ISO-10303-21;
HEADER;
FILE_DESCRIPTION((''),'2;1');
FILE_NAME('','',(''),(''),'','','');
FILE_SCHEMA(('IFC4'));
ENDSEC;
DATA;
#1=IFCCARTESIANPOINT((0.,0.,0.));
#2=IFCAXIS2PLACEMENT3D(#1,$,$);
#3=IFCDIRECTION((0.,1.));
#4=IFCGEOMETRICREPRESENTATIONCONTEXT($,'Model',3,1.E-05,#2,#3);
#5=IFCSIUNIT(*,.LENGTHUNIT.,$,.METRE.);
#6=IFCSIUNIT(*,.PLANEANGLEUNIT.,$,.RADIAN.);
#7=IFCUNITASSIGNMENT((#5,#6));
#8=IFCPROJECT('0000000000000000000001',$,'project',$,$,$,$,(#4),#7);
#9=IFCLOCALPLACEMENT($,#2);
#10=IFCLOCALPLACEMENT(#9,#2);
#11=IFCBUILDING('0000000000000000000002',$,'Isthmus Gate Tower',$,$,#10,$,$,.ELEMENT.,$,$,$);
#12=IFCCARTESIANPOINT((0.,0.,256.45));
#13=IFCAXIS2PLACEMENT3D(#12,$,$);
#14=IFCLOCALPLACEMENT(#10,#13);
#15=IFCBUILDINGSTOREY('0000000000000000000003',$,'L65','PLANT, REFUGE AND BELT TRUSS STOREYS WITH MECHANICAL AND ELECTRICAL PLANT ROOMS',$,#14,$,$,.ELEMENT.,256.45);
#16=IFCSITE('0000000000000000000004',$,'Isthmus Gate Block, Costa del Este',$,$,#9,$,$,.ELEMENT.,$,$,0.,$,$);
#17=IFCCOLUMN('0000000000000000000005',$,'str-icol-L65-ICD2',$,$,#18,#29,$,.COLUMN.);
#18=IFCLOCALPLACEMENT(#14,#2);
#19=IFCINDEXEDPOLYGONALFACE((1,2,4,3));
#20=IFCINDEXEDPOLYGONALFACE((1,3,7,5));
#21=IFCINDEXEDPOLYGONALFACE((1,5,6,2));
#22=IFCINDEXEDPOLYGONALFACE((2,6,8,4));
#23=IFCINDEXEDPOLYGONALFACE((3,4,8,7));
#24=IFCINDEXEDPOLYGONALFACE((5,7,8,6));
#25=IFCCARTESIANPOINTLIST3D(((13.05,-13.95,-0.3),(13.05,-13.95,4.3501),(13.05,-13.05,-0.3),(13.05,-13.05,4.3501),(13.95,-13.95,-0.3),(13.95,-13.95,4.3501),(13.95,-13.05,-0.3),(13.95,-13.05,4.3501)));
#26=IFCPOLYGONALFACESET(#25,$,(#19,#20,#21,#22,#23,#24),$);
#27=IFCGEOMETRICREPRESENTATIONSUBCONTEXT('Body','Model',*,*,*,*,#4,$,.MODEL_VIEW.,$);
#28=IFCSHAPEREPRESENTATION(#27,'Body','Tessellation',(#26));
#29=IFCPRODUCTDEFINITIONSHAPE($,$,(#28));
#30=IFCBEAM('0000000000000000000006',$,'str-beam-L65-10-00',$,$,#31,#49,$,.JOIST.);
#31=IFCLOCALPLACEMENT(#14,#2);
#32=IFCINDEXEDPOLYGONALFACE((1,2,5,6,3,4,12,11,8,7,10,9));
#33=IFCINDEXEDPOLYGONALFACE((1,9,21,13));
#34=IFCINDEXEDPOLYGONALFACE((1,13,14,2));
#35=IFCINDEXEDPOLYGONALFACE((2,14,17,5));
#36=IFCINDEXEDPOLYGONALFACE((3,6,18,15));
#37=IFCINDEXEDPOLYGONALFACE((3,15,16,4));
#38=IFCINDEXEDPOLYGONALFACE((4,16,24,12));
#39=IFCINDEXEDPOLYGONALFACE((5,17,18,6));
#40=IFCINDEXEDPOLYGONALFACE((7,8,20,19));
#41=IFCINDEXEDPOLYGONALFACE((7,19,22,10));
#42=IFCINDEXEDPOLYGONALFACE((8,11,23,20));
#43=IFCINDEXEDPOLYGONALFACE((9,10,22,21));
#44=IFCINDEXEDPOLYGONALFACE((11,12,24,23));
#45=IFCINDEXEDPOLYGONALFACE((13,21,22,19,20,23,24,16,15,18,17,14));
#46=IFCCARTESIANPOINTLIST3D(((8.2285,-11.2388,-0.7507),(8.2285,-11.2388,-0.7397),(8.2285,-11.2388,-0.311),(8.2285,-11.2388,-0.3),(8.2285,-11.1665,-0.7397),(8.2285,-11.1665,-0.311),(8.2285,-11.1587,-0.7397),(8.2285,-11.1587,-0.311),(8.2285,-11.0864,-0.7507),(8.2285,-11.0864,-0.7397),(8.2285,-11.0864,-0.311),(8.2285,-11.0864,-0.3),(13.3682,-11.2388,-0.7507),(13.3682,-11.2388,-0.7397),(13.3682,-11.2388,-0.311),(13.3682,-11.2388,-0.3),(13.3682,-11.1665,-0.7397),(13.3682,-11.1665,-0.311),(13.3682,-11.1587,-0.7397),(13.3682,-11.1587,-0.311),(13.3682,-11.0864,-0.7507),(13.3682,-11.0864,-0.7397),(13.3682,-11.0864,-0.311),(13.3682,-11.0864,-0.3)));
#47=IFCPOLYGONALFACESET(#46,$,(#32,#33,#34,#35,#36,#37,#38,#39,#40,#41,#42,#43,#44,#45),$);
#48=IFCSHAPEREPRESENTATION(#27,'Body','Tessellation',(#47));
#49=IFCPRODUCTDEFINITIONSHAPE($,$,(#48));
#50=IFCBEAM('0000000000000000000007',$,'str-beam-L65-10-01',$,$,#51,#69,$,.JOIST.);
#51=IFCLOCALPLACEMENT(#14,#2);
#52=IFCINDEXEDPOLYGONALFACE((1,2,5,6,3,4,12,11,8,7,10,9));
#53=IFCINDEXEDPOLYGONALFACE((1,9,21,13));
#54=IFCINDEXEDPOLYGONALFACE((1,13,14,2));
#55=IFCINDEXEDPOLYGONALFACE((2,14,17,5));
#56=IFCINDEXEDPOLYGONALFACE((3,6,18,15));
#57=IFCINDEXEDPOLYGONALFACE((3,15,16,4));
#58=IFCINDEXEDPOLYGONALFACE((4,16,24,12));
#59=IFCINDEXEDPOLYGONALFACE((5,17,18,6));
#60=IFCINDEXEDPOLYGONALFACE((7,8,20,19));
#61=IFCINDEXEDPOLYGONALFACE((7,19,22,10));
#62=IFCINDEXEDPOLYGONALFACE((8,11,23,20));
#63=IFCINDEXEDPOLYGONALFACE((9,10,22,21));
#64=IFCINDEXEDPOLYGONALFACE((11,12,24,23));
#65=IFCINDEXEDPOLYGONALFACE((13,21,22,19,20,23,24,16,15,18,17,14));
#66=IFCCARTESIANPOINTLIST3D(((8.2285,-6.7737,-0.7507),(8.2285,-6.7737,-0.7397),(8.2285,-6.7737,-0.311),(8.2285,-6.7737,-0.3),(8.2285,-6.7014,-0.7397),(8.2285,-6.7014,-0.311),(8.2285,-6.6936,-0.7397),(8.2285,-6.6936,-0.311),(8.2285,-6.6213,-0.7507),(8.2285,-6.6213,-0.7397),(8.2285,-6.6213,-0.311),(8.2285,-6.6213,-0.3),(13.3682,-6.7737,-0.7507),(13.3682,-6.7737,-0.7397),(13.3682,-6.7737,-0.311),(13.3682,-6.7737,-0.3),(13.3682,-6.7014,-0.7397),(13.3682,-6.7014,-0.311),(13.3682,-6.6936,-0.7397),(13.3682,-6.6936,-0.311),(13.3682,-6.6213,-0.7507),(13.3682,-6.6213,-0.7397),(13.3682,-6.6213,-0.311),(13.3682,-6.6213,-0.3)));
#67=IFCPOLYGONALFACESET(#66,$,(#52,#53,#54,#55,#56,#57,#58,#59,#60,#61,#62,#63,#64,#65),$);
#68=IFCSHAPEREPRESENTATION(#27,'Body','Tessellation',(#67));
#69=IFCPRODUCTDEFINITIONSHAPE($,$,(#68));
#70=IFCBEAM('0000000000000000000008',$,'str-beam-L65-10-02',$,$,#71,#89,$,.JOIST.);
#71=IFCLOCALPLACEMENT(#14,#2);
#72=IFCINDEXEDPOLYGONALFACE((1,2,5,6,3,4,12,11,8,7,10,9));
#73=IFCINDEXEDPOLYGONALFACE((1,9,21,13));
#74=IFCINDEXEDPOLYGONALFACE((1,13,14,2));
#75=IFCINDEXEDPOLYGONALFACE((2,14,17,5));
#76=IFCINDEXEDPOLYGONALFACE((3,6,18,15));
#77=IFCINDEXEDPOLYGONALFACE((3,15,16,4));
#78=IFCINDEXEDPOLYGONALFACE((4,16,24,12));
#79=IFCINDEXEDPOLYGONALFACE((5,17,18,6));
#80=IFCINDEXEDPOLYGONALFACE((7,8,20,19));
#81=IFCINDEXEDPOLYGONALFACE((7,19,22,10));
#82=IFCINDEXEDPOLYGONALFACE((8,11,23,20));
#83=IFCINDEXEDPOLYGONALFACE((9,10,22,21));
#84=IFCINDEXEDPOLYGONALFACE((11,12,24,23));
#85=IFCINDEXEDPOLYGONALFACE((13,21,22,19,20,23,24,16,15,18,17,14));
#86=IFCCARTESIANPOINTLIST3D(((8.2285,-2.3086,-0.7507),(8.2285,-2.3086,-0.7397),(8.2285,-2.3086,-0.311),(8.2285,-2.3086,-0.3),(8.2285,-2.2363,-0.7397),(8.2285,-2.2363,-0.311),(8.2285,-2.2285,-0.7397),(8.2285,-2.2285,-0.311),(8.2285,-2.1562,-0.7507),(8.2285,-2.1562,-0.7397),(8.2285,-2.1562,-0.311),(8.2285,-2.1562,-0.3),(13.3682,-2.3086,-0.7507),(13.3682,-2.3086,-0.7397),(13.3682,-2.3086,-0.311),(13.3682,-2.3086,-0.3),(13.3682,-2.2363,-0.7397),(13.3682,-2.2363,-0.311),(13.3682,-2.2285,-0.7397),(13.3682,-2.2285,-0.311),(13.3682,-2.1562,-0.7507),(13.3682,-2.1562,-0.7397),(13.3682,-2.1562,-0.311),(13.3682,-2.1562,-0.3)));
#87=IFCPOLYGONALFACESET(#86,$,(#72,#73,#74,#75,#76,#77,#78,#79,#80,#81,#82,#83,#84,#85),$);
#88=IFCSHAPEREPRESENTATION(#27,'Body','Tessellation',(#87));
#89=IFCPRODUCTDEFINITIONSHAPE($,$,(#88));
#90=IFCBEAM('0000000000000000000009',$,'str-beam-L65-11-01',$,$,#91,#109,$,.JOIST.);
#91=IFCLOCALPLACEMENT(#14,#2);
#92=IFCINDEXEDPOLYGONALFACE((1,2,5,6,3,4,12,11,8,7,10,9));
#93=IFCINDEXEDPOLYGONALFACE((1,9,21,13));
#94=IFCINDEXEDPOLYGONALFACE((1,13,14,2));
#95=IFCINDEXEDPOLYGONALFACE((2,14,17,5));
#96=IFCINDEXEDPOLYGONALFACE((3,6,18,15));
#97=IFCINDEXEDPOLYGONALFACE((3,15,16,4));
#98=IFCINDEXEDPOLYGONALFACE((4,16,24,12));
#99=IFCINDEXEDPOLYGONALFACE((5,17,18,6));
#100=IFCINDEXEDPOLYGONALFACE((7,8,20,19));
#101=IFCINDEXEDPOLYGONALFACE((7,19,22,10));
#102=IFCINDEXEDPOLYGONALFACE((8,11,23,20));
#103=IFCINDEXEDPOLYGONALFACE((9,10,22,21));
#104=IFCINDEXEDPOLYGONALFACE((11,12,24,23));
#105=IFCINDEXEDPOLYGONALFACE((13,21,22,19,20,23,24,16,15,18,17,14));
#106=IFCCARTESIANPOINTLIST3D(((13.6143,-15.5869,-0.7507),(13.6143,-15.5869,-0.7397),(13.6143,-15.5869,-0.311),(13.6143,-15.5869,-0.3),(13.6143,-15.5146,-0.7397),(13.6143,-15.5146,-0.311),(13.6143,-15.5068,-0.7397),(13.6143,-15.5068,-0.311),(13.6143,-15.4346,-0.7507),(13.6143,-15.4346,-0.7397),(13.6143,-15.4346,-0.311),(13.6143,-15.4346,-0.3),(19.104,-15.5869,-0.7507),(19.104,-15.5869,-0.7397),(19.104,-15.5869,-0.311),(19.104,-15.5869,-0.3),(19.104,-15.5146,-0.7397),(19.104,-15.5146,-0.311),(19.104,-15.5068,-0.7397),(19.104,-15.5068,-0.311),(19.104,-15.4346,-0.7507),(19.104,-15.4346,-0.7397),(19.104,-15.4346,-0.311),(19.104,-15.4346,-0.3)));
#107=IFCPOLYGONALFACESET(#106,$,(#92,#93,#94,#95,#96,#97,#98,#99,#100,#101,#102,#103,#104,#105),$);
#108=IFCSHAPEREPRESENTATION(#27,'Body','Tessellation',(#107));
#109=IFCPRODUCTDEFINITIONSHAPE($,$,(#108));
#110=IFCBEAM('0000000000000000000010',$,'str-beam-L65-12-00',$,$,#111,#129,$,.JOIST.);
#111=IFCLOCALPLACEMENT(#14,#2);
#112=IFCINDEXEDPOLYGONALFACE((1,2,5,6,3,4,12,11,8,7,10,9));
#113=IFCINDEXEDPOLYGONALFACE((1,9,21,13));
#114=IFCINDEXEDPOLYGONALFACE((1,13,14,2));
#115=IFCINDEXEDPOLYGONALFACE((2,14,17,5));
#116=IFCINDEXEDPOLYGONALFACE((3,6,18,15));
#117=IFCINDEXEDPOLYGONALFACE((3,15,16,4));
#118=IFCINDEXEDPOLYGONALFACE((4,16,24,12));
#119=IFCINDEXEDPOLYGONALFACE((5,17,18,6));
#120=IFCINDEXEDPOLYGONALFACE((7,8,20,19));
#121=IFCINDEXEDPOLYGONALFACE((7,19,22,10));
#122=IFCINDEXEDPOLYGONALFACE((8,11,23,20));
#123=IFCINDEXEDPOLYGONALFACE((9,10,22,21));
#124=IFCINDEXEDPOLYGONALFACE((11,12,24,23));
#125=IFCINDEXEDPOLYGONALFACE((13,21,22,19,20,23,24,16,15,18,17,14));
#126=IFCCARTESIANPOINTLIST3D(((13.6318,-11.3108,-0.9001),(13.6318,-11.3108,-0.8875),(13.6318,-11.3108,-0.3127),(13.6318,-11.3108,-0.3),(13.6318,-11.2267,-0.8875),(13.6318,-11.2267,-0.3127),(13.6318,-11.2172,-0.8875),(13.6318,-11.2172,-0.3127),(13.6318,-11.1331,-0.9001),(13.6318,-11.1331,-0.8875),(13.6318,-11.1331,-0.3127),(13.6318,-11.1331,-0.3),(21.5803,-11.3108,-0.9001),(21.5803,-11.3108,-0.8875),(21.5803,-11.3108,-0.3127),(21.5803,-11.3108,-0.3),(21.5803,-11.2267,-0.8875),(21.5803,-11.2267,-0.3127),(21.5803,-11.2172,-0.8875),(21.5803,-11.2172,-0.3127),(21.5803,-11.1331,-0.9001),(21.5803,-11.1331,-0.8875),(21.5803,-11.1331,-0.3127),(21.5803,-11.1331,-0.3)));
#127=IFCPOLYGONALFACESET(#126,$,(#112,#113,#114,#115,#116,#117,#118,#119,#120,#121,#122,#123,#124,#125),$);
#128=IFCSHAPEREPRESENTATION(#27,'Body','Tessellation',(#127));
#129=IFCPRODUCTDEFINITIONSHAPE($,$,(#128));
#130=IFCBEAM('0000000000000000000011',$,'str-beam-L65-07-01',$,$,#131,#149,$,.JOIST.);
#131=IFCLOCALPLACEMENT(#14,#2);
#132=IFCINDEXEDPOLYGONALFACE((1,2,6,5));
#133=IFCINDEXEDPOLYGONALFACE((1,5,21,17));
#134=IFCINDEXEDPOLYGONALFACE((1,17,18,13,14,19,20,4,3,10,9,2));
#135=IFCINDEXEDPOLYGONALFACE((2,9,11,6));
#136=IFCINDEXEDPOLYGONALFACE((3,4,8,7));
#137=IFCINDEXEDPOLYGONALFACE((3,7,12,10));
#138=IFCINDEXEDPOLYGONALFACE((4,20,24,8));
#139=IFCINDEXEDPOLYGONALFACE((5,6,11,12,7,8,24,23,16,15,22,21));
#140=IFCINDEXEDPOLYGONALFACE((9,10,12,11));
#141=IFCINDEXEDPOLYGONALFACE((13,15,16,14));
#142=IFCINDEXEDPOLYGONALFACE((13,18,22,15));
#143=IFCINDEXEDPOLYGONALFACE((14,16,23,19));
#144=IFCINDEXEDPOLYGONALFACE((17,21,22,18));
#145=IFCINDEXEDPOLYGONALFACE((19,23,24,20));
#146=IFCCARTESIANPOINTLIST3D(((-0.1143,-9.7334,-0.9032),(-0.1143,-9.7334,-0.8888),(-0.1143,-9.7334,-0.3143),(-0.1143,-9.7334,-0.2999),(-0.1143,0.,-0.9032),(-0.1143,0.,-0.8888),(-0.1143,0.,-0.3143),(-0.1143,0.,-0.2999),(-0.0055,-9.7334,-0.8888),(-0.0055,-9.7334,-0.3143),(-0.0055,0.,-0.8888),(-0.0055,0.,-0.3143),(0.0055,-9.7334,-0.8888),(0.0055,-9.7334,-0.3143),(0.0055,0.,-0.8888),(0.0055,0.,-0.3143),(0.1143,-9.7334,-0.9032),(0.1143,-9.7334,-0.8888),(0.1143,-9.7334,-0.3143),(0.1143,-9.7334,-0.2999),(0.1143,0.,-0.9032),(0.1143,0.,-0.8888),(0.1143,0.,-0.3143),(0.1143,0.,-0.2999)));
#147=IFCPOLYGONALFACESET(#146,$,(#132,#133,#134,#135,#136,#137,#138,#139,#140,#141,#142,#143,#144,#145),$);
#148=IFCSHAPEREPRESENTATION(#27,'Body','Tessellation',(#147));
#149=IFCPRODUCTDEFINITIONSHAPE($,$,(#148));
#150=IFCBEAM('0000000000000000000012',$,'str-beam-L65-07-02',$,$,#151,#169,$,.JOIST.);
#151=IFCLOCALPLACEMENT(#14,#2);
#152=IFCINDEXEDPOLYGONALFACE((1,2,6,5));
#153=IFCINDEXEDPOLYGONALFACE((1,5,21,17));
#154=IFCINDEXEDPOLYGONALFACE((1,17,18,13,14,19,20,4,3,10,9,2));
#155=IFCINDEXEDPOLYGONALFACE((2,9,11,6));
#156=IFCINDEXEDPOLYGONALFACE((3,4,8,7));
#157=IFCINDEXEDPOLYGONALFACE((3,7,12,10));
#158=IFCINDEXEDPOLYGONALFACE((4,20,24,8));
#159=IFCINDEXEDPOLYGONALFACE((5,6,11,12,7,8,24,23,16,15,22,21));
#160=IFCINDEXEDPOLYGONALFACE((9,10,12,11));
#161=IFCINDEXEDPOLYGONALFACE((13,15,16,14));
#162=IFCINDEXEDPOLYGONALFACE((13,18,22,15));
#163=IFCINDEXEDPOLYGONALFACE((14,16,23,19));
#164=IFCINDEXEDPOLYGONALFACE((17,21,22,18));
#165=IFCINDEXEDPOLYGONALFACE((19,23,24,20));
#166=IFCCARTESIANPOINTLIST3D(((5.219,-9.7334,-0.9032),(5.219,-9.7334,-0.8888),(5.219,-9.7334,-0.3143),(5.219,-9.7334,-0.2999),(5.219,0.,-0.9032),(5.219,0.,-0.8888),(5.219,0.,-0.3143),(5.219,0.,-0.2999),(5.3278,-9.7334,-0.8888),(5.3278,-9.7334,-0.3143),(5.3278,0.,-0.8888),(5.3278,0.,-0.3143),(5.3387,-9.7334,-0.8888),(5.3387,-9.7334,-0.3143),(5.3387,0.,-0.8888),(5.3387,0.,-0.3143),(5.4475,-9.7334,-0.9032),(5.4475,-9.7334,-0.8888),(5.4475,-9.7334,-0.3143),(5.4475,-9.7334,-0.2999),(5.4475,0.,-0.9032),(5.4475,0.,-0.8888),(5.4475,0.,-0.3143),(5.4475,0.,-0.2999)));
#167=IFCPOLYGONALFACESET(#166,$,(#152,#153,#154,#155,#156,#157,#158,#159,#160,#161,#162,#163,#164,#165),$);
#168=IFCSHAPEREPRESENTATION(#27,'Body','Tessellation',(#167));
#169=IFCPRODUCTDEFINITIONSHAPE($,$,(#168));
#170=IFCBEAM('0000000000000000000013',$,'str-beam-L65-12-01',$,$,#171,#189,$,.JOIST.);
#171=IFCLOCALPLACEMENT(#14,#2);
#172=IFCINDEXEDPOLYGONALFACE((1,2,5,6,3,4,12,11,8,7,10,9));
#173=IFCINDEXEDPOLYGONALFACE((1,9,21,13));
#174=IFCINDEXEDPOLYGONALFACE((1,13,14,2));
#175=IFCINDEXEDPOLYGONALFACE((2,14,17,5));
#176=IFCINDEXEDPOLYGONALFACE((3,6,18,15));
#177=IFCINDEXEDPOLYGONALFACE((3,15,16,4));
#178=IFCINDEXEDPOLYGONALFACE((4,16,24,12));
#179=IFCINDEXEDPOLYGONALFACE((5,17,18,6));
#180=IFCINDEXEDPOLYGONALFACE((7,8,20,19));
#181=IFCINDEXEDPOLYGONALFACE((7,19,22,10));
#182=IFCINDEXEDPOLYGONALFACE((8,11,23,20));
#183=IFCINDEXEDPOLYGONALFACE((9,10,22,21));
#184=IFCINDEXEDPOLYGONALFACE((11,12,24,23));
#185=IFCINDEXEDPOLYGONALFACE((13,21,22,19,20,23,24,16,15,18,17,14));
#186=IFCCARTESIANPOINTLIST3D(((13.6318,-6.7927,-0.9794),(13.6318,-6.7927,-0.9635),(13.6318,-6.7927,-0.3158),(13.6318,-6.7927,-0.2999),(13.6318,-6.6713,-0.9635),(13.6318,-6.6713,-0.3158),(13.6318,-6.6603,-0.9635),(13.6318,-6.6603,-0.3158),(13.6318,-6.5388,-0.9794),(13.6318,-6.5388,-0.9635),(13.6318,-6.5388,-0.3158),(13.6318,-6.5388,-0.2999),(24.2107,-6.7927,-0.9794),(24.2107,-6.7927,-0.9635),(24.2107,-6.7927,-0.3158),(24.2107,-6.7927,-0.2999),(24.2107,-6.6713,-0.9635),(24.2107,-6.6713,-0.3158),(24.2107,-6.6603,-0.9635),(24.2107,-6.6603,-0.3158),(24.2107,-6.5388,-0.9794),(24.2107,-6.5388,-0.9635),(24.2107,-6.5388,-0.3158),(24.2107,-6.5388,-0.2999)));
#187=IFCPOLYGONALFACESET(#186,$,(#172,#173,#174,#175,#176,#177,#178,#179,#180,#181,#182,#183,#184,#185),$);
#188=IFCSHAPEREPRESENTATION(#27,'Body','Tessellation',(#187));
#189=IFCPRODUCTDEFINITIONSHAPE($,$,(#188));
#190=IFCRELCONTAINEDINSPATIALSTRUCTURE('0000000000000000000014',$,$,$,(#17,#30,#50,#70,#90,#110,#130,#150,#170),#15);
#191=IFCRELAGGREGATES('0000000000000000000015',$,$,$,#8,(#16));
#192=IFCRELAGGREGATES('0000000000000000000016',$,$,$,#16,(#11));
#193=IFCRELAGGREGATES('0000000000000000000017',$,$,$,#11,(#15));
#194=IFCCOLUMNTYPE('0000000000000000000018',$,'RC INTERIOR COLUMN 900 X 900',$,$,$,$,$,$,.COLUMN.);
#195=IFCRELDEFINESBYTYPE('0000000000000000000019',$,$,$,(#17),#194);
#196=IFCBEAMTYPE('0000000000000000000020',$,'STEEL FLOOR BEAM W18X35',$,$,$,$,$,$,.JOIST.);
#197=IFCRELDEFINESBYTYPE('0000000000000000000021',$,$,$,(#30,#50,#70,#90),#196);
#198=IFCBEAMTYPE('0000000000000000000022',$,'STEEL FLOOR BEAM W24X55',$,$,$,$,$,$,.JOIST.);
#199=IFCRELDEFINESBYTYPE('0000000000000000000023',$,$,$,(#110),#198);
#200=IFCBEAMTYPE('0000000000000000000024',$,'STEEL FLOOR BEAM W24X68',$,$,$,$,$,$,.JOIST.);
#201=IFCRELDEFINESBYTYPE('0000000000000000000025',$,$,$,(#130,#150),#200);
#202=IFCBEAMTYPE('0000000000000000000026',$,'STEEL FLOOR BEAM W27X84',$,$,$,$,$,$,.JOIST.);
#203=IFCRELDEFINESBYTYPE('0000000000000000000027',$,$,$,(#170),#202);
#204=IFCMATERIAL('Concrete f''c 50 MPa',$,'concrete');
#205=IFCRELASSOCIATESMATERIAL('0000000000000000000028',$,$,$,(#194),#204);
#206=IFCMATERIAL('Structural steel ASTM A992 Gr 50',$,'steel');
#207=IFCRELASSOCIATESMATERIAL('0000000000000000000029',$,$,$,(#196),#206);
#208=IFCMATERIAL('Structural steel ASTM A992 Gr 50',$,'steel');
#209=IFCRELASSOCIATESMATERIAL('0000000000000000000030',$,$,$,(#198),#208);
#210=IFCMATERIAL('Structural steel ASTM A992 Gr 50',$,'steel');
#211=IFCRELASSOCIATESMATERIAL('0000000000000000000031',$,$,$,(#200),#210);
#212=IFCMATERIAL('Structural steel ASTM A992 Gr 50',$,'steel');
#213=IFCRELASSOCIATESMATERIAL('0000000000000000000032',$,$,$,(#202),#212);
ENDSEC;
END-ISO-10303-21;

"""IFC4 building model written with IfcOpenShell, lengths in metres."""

from ifc_helpers import new_model, si_unit, direction, frame, origin, origin_2d, place, context, subcontext, project, spatial, rectangle, i_section, extrude, material, material_profile, profile_set, type_object, element, save


model = new_model("IFC4")

# Units and contexts
model_context = context("Model", 3, precision=1e-05, world=origin(), true_north=direction((0.0, 1.0)))
body_context = subcontext(model_context, "Body", "Model", "MODEL_VIEW")
ifc_project = project(units=[si_unit("LENGTHUNIT", "METRE"), si_unit("PLANEANGLEUNIT", "RADIAN")], contexts=[model_context])

# Site, building, storey
site_placement = place(None, origin())
site = spatial("IfcSite", under=ifc_project, at=site_placement, Name="Isthmus Gate Block, Costa del Este", CompositionType="ELEMENT", RefElevation=0.0)
building_placement = place(site_placement, origin())
building = spatial("IfcBuilding", under=site, at=building_placement, Name="Isthmus Gate Tower", CompositionType="ELEMENT")
storey_placement = place(building_placement, frame((0.0, 0.0, 256.45)))
storey = spatial("IfcBuildingStorey", under=building, at=storey_placement, Name="L65", Description="PLANT, REFUGE AND BELT TRUSS STOREYS WITH MECHANICAL AND ELECTRICAL PLANT ROOMS", CompositionType="ELEMENT", Elevation=256.45)

# Column
ifc_material_1 = material(Name="Concrete f'c 50 MPa", Category="concrete")
ifc_material_profile_1 = material_profile(ifc_material_1, rectangle(XDim=0.8999, YDim=0.8999, at=origin_2d()), Name="RC 900X900")
ifc_profile_set_1 = profile_set([ifc_material_profile_1], Name="Concrete f'c 50 MPa")
column_type = type_object("IfcColumnType", Name="RC INTERIOR COLUMN 900 X 900", PredefinedType="COLUMN", material=ifc_profile_set_1)
column_placement = place(storey_placement, frame((13.5, -13.5, -0.3), z_axis=(0.0, 0.0, 1.0), x_axis=(1.0, 0.0, 0.0)))
element("IfcColumn", 1, at=column_placement, inside=storey, type_object=column_type, Name="str-icol-L65-ICD2", PredefinedType="COLUMN", context=body_context, shape_type="SweptSolid", body=[
    extrude(rectangle(XDim=0.8999, YDim=0.8999, at=origin_2d()), origin(), (0.0, 0.0, 1.0), 4.6501),
])

# Beams
ifc_material_2 = material(Name="Structural steel ASTM A992 Gr 50", Category="steel")
ifc_material_profile_2 = material_profile(ifc_material_2, i_section(OverallWidth=0.1523, OverallDepth=0.4507, WebThickness=0.0078, FlangeThickness=0.011, at=origin_2d()), Name="W18X35")
ifc_profile_set_2 = profile_set([ifc_material_profile_2], Name="Structural steel ASTM A992 Gr 50")
beam_type_1 = type_object("IfcBeamType", Name="STEEL FLOOR BEAM W18X35", PredefinedType="JOIST", material=ifc_profile_set_2)
for number, where, z_axis, x_axis, name in (
    (2, (8.2285, -11.1626, -0.5254), (1.0, 0.0, 0.0), (0.0, 1.0, 0.0), "str-beam-L65-10-00"),
    (3, (8.2285, -6.6975, -0.5254), (1.0, 0.0, 0.0), (0.0, 1.0, 0.0), "str-beam-L65-10-01"),
    (4, (8.2285, -2.2324, -0.5254), (1.0, 0.0, 0.0), (0.0, 1.0, 0.0), "str-beam-L65-10-02"),
):
    element("IfcBeam", number, at=place(storey_placement, frame(where, z_axis=z_axis, x_axis=x_axis)), inside=storey, type_object=beam_type_1, Name=name, PredefinedType="JOIST", context=body_context, shape_type="SweptSolid", body=[
        extrude(i_section(OverallWidth=0.1523, OverallDepth=0.4507, WebThickness=0.0078, FlangeThickness=0.011, at=origin_2d()), origin(), (0.0, 0.0, 1.0), 5.1396),
    ])
beam_1_placement = place(storey_placement, frame((13.6143, -15.5107, -0.5254), z_axis=(1.0, 0.0, 0.0), x_axis=(0.0, 1.0, 0.0)))
element("IfcBeam", 5, at=beam_1_placement, inside=storey, type_object=beam_type_1, Name="str-beam-L65-11-01", PredefinedType="JOIST", context=body_context, shape_type="SweptSolid", body=[
    extrude(i_section(OverallWidth=0.1523, OverallDepth=0.4507, WebThickness=0.0078, FlangeThickness=0.011, at=origin_2d()), origin(), (0.0, 0.0, 1.0), 5.4897),
])
ifc_material_3 = material(Name="Structural steel ASTM A992 Gr 50", Category="steel")
ifc_material_profile_3 = material_profile(ifc_material_3, i_section(OverallWidth=0.1777, OverallDepth=0.6001, WebThickness=0.0095, FlangeThickness=0.0127, at=origin_2d()), Name="W24X55")
ifc_profile_set_3 = profile_set([ifc_material_profile_3], Name="Structural steel ASTM A992 Gr 50")
beam_type_2 = type_object("IfcBeamType", Name="STEEL FLOOR BEAM W24X55", PredefinedType="JOIST", material=ifc_profile_set_3)
beam_2_placement = place(storey_placement, frame((13.6318, -11.2219, -0.6001), z_axis=(1.0, 0.0, 0.0), x_axis=(0.0, 1.0, 0.0)))
element("IfcBeam", 6, at=beam_2_placement, inside=storey, type_object=beam_type_2, Name="str-beam-L65-12-00", PredefinedType="JOIST", context=body_context, shape_type="SweptSolid", body=[
    extrude(i_section(OverallWidth=0.1777, OverallDepth=0.6001, WebThickness=0.0095, FlangeThickness=0.0127, at=origin_2d()), origin(), (0.0, 0.0, 1.0), 7.9485),
])
ifc_material_4 = material(Name="Structural steel ASTM A992 Gr 50", Category="steel")
ifc_material_profile_4 = material_profile(ifc_material_4, i_section(OverallWidth=0.2285, OverallDepth=0.6033, WebThickness=0.011, FlangeThickness=0.0144, at=origin_2d()), Name="W24X68")
ifc_profile_set_4 = profile_set([ifc_material_profile_4], Name="Structural steel ASTM A992 Gr 50")
beam_type_3 = type_object("IfcBeamType", Name="STEEL FLOOR BEAM W24X68", PredefinedType="JOIST", material=ifc_profile_set_4)
for number, where, z_axis, x_axis, name in (
    (7, (0.0, -9.7334, -0.6016), (0.0, 1.0, 0.0), (-1.0, 0.0, 0.0), "str-beam-L65-07-01"),
    (8, (5.3333, -9.7334, -0.6016), (0.0, 1.0, 0.0), (-1.0, 0.0, 0.0), "str-beam-L65-07-02"),
):
    element("IfcBeam", number, at=place(storey_placement, frame(where, z_axis=z_axis, x_axis=x_axis)), inside=storey, type_object=beam_type_3, Name=name, PredefinedType="JOIST", context=body_context, shape_type="SweptSolid", body=[
        extrude(i_section(OverallWidth=0.2285, OverallDepth=0.6033, WebThickness=0.011, FlangeThickness=0.0144, at=origin_2d()), origin(), (0.0, 0.0, 1.0), 9.7334),
    ])
ifc_material_5 = material(Name="Structural steel ASTM A992 Gr 50", Category="steel")
ifc_material_profile_5 = material_profile(ifc_material_5, i_section(OverallWidth=0.2539, OverallDepth=0.6794, WebThickness=0.011, FlangeThickness=0.0159, at=origin_2d()), Name="W27X84")
ifc_profile_set_5 = profile_set([ifc_material_profile_5], Name="Structural steel ASTM A992 Gr 50")
beam_type_4 = type_object("IfcBeamType", Name="STEEL FLOOR BEAM W27X84", PredefinedType="JOIST", material=ifc_profile_set_5)
beam_3_placement = place(storey_placement, frame((13.6318, -6.6658, -0.6396), z_axis=(1.0, 0.0, 0.0), x_axis=(0.0, 1.0, 0.0)))
element("IfcBeam", 9, at=beam_3_placement, inside=storey, type_object=beam_type_4, Name="str-beam-L65-12-01", PredefinedType="JOIST", context=body_context, shape_type="SweptSolid", body=[
    extrude(i_section(OverallWidth=0.2539, OverallDepth=0.6794, WebThickness=0.011, FlangeThickness=0.0159, at=origin_2d()), origin(), (0.0, 0.0, 1.0), 10.5789),
])

save(model, "model.ifc")
